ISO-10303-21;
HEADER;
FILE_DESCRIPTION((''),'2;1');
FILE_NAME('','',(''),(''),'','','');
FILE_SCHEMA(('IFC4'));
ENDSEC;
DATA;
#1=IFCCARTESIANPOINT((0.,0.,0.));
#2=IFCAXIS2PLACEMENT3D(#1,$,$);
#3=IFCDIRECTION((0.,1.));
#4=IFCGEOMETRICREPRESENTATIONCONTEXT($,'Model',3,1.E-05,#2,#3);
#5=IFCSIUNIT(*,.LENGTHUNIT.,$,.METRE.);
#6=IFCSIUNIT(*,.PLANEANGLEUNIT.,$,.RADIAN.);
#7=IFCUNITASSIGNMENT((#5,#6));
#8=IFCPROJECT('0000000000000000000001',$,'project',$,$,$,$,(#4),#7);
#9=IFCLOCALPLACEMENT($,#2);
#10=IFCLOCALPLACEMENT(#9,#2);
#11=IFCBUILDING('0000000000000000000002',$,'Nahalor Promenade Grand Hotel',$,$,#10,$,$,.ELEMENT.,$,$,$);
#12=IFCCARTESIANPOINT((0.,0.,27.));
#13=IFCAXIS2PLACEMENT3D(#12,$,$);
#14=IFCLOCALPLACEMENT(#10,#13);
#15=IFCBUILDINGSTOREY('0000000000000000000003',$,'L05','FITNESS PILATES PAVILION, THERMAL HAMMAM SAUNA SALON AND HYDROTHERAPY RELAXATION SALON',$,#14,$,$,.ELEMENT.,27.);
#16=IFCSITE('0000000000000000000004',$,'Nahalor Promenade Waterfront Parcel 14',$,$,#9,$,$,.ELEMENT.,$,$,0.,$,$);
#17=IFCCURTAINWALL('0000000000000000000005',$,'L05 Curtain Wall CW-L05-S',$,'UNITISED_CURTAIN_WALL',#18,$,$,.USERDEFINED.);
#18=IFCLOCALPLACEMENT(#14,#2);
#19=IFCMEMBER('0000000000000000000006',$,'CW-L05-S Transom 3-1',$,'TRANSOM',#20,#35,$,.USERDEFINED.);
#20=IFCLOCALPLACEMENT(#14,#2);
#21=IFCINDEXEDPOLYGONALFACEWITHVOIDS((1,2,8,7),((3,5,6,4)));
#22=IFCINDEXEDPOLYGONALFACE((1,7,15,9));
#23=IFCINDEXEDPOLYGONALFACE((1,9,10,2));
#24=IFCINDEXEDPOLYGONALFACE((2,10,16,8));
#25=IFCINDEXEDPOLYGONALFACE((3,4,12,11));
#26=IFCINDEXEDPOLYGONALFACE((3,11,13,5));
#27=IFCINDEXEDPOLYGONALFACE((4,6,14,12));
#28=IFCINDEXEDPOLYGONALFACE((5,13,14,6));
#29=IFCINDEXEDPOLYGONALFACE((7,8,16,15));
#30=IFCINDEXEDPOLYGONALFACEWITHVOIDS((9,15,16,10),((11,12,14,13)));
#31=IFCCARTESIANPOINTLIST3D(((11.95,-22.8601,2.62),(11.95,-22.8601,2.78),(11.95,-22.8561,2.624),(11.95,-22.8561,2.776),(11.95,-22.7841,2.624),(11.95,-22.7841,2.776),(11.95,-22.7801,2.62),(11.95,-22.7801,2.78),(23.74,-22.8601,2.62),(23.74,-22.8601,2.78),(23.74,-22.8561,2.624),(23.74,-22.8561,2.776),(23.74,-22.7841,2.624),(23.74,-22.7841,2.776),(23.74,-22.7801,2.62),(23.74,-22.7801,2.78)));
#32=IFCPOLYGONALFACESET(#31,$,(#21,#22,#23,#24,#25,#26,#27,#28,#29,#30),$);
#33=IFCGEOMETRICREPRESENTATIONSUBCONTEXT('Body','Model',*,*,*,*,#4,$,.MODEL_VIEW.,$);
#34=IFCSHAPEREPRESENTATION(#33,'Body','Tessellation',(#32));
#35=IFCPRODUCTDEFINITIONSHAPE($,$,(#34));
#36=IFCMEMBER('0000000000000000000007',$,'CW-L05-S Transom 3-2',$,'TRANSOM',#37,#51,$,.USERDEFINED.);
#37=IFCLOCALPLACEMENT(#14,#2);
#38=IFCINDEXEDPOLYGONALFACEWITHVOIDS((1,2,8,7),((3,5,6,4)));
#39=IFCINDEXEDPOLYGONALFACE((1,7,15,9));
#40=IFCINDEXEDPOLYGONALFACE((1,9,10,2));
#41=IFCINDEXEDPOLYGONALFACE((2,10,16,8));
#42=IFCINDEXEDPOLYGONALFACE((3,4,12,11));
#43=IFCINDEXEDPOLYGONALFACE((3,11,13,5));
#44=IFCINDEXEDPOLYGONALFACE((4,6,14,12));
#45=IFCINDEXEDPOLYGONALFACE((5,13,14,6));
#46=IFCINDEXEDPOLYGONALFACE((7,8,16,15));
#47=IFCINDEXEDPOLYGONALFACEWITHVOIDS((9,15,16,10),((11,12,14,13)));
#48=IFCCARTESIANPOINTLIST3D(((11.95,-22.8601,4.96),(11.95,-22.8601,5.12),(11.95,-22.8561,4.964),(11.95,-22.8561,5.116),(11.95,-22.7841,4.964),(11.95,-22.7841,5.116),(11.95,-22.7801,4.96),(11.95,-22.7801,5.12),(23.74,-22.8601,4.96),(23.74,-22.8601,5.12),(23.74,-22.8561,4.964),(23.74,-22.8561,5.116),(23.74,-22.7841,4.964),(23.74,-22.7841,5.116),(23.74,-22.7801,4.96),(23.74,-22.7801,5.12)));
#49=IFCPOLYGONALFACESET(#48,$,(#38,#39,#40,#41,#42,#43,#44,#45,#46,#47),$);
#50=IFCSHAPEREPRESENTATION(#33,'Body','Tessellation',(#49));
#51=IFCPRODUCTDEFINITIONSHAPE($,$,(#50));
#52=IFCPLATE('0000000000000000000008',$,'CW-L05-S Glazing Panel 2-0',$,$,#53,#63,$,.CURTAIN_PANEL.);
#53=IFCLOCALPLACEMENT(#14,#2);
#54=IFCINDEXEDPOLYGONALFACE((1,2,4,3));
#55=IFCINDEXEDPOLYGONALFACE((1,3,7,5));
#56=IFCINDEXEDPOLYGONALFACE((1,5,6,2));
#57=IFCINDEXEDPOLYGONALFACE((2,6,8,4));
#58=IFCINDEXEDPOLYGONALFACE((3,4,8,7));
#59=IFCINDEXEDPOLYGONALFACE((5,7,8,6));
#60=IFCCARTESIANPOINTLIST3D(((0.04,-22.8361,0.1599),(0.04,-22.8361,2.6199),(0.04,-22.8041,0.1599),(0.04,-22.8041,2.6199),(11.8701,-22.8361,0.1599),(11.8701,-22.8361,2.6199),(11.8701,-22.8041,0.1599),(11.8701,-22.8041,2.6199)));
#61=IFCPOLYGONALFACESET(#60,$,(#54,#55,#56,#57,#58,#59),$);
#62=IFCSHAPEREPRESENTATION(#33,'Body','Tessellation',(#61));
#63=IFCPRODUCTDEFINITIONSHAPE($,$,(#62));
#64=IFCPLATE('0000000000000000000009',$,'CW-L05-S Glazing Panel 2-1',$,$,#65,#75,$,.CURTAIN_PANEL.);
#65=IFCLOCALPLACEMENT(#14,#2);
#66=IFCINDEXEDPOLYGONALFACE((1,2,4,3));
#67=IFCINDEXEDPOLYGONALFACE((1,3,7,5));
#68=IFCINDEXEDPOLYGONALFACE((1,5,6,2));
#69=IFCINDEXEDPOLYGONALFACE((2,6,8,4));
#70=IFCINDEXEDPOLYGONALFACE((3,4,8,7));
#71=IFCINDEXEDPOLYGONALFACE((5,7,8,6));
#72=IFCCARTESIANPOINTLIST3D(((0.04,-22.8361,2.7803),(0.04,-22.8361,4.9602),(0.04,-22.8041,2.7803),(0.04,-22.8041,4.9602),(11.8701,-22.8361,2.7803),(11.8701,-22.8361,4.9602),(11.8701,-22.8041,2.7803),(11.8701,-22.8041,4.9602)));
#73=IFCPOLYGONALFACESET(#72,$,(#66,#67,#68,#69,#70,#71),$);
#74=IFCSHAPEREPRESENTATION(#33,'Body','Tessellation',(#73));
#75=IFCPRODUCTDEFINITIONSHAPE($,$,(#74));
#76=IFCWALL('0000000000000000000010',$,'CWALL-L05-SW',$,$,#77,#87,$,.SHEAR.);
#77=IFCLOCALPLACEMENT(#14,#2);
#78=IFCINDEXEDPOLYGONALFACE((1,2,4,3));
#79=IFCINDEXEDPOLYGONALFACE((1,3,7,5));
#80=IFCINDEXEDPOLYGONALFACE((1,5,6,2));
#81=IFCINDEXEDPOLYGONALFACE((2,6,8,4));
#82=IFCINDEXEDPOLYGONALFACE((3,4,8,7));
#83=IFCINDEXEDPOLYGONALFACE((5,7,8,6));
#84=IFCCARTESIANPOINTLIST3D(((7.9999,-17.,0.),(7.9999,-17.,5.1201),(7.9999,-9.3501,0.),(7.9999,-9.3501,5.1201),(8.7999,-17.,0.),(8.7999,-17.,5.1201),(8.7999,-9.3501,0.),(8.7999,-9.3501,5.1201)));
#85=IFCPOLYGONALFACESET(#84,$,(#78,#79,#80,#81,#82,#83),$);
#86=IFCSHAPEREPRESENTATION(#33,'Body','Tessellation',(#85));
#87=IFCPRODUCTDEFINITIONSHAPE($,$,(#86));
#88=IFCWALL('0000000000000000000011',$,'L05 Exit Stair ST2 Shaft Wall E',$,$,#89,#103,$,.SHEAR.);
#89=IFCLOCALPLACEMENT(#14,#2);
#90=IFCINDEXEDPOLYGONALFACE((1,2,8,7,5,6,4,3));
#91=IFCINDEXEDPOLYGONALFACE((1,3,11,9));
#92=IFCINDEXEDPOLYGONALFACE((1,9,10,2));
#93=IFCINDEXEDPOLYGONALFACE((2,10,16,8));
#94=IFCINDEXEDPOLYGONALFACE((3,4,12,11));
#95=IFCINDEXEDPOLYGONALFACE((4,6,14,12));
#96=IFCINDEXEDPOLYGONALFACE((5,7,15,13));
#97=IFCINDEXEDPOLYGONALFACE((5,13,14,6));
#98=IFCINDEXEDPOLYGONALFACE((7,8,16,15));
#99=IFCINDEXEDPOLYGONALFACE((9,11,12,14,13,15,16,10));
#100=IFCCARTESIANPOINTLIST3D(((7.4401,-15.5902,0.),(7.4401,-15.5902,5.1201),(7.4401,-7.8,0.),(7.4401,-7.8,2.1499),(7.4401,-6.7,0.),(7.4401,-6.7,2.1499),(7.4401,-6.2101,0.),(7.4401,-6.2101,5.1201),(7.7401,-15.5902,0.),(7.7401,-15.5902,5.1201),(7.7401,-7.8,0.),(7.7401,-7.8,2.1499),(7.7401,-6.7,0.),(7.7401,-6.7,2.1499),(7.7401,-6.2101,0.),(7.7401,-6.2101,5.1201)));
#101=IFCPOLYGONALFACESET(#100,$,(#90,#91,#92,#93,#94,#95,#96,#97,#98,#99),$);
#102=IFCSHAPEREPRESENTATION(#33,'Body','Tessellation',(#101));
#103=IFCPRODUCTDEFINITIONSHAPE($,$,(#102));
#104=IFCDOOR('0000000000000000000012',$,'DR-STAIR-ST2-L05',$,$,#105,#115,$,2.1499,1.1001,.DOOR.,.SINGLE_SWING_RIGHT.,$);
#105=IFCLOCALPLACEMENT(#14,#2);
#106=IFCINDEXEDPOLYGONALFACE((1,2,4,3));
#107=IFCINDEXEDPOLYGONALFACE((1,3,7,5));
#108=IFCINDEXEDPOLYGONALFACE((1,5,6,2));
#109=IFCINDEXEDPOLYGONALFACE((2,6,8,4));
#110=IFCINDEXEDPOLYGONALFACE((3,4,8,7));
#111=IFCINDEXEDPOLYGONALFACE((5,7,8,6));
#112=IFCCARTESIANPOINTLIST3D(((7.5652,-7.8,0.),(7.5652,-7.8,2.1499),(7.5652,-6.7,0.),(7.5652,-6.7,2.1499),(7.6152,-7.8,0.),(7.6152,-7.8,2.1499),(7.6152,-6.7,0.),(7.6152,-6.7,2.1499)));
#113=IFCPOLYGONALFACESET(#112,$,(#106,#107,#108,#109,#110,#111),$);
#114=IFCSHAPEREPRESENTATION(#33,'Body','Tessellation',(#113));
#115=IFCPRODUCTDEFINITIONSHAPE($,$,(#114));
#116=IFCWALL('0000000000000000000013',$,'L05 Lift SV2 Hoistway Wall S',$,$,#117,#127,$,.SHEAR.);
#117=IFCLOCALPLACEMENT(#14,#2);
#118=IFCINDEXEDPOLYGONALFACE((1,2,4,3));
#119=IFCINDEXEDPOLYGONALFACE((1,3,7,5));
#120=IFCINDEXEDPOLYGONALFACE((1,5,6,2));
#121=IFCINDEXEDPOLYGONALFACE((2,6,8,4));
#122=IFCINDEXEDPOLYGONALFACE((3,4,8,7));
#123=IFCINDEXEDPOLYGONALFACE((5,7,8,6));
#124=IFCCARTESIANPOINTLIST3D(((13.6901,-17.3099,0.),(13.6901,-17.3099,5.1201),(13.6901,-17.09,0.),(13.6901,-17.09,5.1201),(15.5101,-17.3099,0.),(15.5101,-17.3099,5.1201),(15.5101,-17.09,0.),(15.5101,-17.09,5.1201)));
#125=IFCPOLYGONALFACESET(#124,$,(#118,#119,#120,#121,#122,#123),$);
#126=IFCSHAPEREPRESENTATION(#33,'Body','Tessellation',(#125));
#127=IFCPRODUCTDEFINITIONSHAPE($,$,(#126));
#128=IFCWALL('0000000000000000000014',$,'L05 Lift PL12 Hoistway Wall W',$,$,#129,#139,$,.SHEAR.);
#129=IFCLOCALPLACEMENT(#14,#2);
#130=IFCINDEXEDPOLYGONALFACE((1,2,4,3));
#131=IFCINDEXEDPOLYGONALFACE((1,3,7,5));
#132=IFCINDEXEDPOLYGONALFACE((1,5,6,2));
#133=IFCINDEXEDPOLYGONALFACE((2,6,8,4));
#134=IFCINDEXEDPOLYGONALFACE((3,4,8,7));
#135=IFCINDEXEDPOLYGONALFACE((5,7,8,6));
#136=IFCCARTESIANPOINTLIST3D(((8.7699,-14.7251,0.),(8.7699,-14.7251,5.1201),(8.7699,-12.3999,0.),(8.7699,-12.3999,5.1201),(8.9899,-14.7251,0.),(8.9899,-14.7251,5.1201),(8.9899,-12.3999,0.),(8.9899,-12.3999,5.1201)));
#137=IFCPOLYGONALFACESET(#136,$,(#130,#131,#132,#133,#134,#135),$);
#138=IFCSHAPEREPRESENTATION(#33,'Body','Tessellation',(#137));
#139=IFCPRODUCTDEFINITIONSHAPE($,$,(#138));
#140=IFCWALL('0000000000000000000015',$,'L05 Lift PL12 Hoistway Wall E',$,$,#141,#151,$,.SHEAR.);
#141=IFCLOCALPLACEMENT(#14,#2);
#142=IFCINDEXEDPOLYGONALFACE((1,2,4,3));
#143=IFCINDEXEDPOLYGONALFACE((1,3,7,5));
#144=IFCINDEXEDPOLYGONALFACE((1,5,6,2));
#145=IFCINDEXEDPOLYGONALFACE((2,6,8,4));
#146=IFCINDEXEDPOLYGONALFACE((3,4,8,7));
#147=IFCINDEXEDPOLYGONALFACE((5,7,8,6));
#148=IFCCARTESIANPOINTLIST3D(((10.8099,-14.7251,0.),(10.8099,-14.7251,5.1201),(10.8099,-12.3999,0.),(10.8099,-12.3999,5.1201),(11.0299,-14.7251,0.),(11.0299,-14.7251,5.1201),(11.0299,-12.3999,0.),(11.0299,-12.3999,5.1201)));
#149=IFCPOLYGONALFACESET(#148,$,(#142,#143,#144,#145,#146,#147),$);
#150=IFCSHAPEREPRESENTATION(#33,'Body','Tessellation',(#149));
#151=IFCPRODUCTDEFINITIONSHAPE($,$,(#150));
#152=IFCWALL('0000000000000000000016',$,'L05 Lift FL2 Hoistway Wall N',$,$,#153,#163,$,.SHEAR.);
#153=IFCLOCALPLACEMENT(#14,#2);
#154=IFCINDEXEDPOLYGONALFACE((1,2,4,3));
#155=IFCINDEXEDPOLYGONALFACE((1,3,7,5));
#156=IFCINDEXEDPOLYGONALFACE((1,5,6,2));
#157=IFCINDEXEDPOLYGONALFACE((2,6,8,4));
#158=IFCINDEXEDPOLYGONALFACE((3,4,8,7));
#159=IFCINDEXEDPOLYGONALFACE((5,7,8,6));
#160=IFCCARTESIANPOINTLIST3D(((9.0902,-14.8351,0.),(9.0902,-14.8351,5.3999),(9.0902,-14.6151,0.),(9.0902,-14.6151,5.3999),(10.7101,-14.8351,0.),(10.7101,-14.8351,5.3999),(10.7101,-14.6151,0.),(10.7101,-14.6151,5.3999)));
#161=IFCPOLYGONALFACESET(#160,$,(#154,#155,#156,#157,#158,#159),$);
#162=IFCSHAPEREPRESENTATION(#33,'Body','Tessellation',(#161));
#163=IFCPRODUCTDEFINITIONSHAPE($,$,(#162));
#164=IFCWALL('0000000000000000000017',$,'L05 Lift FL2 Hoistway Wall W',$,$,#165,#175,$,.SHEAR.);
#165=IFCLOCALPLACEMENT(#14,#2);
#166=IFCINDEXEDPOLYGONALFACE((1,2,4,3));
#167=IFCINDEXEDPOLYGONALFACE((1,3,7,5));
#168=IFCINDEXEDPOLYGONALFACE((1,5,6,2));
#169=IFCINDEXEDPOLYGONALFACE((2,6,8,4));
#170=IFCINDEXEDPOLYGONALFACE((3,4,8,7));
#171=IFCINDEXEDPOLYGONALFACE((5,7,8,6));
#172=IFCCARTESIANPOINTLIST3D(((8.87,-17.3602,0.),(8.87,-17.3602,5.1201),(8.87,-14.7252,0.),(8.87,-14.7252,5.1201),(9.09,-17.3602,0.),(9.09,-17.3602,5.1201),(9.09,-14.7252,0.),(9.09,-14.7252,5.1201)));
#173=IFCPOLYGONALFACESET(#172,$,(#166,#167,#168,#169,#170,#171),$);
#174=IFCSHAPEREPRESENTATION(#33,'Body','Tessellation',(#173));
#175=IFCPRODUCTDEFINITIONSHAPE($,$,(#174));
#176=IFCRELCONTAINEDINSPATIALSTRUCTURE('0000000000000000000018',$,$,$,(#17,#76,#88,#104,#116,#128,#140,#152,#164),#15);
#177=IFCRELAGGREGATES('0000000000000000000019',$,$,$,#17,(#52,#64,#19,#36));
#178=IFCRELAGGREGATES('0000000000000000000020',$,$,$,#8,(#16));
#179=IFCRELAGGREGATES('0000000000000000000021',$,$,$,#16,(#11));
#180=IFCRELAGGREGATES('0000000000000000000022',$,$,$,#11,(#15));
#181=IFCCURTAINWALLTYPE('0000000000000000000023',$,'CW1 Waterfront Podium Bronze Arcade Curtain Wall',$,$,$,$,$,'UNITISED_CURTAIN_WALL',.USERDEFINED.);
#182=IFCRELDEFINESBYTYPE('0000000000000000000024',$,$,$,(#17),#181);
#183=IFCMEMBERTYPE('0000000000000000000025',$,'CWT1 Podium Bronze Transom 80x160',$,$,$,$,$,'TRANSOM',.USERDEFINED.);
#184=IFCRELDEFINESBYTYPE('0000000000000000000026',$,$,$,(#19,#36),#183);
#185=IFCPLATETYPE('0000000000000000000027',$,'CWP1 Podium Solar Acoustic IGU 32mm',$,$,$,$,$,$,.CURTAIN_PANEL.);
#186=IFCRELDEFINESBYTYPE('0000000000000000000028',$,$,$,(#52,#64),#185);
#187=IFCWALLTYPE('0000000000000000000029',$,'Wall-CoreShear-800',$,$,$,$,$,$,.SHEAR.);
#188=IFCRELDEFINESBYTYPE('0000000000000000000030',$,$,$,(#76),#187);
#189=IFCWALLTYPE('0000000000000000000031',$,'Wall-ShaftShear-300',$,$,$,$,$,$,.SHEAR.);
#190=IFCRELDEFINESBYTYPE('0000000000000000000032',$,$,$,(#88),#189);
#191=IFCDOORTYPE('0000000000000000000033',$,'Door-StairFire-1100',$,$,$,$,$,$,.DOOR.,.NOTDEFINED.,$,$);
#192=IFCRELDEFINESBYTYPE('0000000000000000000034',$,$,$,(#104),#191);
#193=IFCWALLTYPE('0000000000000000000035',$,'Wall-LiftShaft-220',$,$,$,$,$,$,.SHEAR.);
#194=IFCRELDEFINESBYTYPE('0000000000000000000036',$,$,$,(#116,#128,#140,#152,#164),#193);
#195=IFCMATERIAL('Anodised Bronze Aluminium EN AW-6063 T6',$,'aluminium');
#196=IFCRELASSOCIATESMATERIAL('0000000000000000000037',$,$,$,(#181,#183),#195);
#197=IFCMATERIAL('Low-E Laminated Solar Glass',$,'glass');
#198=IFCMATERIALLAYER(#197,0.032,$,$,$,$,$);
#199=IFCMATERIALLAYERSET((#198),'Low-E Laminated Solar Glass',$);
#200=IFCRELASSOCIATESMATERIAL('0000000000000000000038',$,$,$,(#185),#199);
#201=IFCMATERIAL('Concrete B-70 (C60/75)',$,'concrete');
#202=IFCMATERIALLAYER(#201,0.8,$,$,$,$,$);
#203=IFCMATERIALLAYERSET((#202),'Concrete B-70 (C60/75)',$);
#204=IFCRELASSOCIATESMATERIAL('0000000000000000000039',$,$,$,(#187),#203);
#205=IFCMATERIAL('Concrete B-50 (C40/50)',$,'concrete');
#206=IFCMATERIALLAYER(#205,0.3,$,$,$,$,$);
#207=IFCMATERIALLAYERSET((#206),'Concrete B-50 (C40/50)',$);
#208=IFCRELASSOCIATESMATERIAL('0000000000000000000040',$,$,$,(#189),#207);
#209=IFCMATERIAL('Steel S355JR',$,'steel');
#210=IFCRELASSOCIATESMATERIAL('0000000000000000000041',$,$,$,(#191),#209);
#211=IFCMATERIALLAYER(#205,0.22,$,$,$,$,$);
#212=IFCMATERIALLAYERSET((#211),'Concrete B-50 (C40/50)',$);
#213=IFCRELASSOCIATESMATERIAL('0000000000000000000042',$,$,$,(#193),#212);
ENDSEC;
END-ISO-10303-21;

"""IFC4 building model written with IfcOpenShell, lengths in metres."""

from ifc_helpers import new_model, si_unit, direction, frame, frame_2d, origin, origin_2d, place, context, subcontext, project, spatial, rectangle, hollow_rectangle, extrude, source, transform, mapped, material, layer, layer_set, material_profile, profile_set, type_object, element, fill, aggregate, save


model = new_model("IFC4")

# Units and contexts
model_context = context("Model", 3, precision=1e-05, world=origin(), true_north=direction((0.0, 1.0)))
body_context = subcontext(model_context, "Body", "Model", "MODEL_VIEW")
ifc_project = project(units=[si_unit("LENGTHUNIT", "METRE"), si_unit("PLANEANGLEUNIT", "RADIAN")], contexts=[model_context])

# Site, building, storey
site_placement = place(None, origin())
site = spatial("IfcSite", under=ifc_project, at=site_placement, Name="Nahalor Promenade Waterfront Parcel 14", CompositionType="ELEMENT", RefElevation=0.0)
building_placement = place(site_placement, origin())
building = spatial("IfcBuilding", under=site, at=building_placement, Name="Nahalor Promenade Grand Hotel", CompositionType="ELEMENT")
storey_placement = place(building_placement, frame((0.0, 0.0, 27.0)))
storey = spatial("IfcBuildingStorey", under=building, at=storey_placement, Name="L05", Description="FITNESS PILATES PAVILION, THERMAL HAMMAM SAUNA SALON AND HYDROTHERAPY RELAXATION SALON", CompositionType="ELEMENT", Elevation=27.0)

# Shared definitions
ifc_material_1 = material(Name="Concrete B-70 (C60/75)", Category="concrete")

# Shared definitions
ifc_material_2 = material(Name="Steel S355JR", Category="steel")

# Curtain wall, members, plates
ifc_material_3 = material(Name="Anodised Bronze Aluminium EN AW-6063 T6", Category="aluminium")
curtain_wall_type = type_object("IfcCurtainWallType", Name="CW1 Waterfront Podium Bronze Arcade Curtain Wall", ElementType="UNITISED_CURTAIN_WALL", PredefinedType="USERDEFINED", material=ifc_material_3)
curtain_wall_placement = place(storey_placement, origin())
curtain_wall = element("IfcCurtainWall", 1, at=curtain_wall_placement, inside=storey, type_object=curtain_wall_type, Name="L05 Curtain Wall CW-L05-S", ObjectType="UNITISED_CURTAIN_WALL", PredefinedType="USERDEFINED")
ifc_material_profile_1 = material_profile(ifc_material_3, hollow_rectangle(XDim=0.08, YDim=0.16, WallThickness=0.004, at=origin_2d()), Name="CWT 80x160x4")
ifc_profile_set_1 = profile_set([ifc_material_profile_1], Name="Anodised Bronze Aluminium EN AW-6063 T6")
member_type_1 = type_object("IfcMemberType", Name="CWT1 Podium Bronze Transom 80x160", ElementType="TRANSOM", PredefinedType="USERDEFINED", material=ifc_profile_set_1)
shared_shape_1 = source(origin(), body_context, "Body", "SweptSolid", [
    extrude(hollow_rectangle(XDim=0.08, YDim=0.16, WallThickness=0.004, at=origin_2d()), origin(), (0.0, 0.0, 1.0), 11.79),
])
member_1_placement = place(storey_placement, frame((11.95, -22.8201, 2.7), z_axis=(1.0, 0.0, 0.0), x_axis=(0.0, 1.0, 0.0)))
member_1 = element("IfcMember", 2, at=member_1_placement, type_object=member_type_1, Name="CW-L05-S Transom 3-1", ObjectType="TRANSOM", PredefinedType="USERDEFINED", context=body_context, shape_type="MappedRepresentation", body=[
    mapped(shared_shape_1, transform((0.0, 0.0, 0.0), scale=1.0)),
])
member_2_placement = place(storey_placement, frame((11.95, -22.8201, 5.04), z_axis=(1.0, 0.0, 0.0), x_axis=(0.0, 1.0, 0.0)))
member_2 = element("IfcMember", 3, at=member_2_placement, type_object=member_type_1, Name="CW-L05-S Transom 3-2", ObjectType="TRANSOM", PredefinedType="USERDEFINED", context=body_context, shape_type="MappedRepresentation", body=[
    mapped(shared_shape_1, transform((0.0, 0.0, 0.0), scale=1.0)),
])
ifc_material_4 = material(Name="Low-E Laminated Solar Glass", Category="glass")
ifc_layer_1 = layer(ifc_material_4, 0.032)
ifc_layer_set_1 = layer_set([ifc_layer_1], Name="Low-E Laminated Solar Glass")
plate_type = type_object("IfcPlateType", Name="CWP1 Podium Solar Acoustic IGU 32mm", PredefinedType="CURTAIN_PANEL", material=ifc_layer_set_1)
shared_shape_2 = source(origin(), body_context, "Body", "SweptSolid", [
    extrude(rectangle(XDim=11.8301, YDim=0.032, at=origin_2d()), origin(), (0.0, 0.0, 1.0), 2.46),
])
plate_1_placement = place(storey_placement, frame((5.9551, -22.8201, 0.1599), z_axis=(0.0, 0.0, 1.0), x_axis=(1.0, 0.0, 0.0)))
plate_1 = element("IfcPlate", 4, at=plate_1_placement, type_object=plate_type, Name="CW-L05-S Glazing Panel 2-0", PredefinedType="CURTAIN_PANEL", context=body_context, shape_type="MappedRepresentation", body=[
    mapped(shared_shape_2, transform((0.0, 0.0, 0.0), scale=1.0)),
])
shared_shape_3 = source(origin(), body_context, "Body", "SweptSolid", [
    extrude(rectangle(XDim=11.8301, YDim=0.032, at=origin_2d()), origin(), (0.0, 0.0, 1.0), 2.1799),
])
plate_2_placement = place(storey_placement, frame((5.9551, -22.8201, 2.7803), z_axis=(0.0, 0.0, 1.0), x_axis=(1.0, 0.0, 0.0)))
plate_2 = element("IfcPlate", 5, at=plate_2_placement, type_object=plate_type, Name="CW-L05-S Glazing Panel 2-1", PredefinedType="CURTAIN_PANEL", context=body_context, shape_type="MappedRepresentation", body=[
    mapped(shared_shape_3, transform((0.0, 0.0, 0.0), scale=1.0)),
])
aggregate(curtain_wall, [plate_1, plate_2, member_1, member_2])

# Wall
ifc_layer_2 = layer(ifc_material_1, 0.8)
ifc_layer_set_2 = layer_set([ifc_layer_2], Name="Concrete B-70 (C60/75)")
wall_type_1 = type_object("IfcWallType", Name="Wall-CoreShear-800", PredefinedType="SHEAR", material=ifc_layer_set_2)
shared_shape_4 = source(origin(), body_context, "Body", "SweptSolid", [
    extrude(rectangle(XDim=7.6499, YDim=0.8, at=frame_2d((3.825, 0.0))), origin(), (0.0, 0.0, 1.0), 5.1201),
])
wall_1_placement = place(storey_placement, frame((8.3999, -17.0, 0.0), z_axis=(0.0, 0.0, 1.0), x_axis=(0.0, 1.0, 0.0)))
element("IfcWall", 6, at=wall_1_placement, inside=storey, type_object=wall_type_1, Name="CWALL-L05-SW", PredefinedType="SHEAR", context=body_context, shape_type="MappedRepresentation", body=[
    mapped(shared_shape_4, transform((0.0, 0.0, 0.0), scale=1.0)),
])

# Wall, opening, door
ifc_material_5 = material(Name="Concrete B-50 (C40/50)", Category="concrete")
ifc_layer_3 = layer(ifc_material_5, 0.3)
ifc_layer_set_3 = layer_set([ifc_layer_3], Name="Concrete B-50 (C40/50)")
wall_type_2 = type_object("IfcWallType", Name="Wall-ShaftShear-300", PredefinedType="SHEAR", material=ifc_layer_set_3)
shared_shape_5 = source(origin(), body_context, "Body", "SweptSolid", [
    extrude(rectangle(XDim=9.3801, YDim=0.3, at=frame_2d((4.6899, 0.0))), origin(), (0.0, 0.0, 1.0), 5.1201),
])
wall_2_placement = place(storey_placement, frame((7.5901, -15.5901, 0.0), z_axis=(0.0, 0.0, 1.0), x_axis=(0.0, 1.0, 0.0)))
wall_2 = element("IfcWall", 7, at=wall_2_placement, inside=storey, type_object=wall_type_2, Name="L05 Exit Stair ST2 Shaft Wall E", PredefinedType="SHEAR", context=body_context, shape_type="MappedRepresentation", body=[
    mapped(shared_shape_5, transform((0.0, 0.0, 0.0), scale=1.0)),
])
opening_1_placement = place(wall_2_placement, frame((7.79, 0.0, 0.0)))
opening_1 = element("IfcOpeningElement", 8, at=opening_1_placement, cuts=wall_2, PredefinedType="OPENING", context=body_context, shape_type="SweptSolid", body=[
    extrude(rectangle(XDim=1.1001, YDim=2.1499, at=frame_2d((0.55, 1.075))), frame((0.0, 0.1599, 0.0), z_axis=(0.0, -1.0, 0.0), x_axis=(1.0, 0.0, 0.0)), (0.0, 0.0, 1.0), 0.3201),
])
door_type_1 = type_object("IfcDoorType", Name="Door-StairFire-1100", OperationType="NOTDEFINED", PredefinedType="DOOR", material=ifc_material_2)
shared_shape_6 = source(origin(), body_context, "Body", "SweptSolid", [
    extrude(rectangle(XDim=1.1001, YDim=2.1499, at=frame_2d((0.55, 1.075))), frame((0.0, 0.0249, 0.0), z_axis=(0.0, -1.0, 0.0), x_axis=(1.0, 0.0, 0.0)), (0.0, 0.0, 1.0), 0.05),
])
door_1_placement = place(opening_1_placement, origin())
door_1 = element("IfcDoor", 9, at=door_1_placement, inside=storey, type_object=door_type_1, Name="DR-STAIR-ST2-L05", OperationType="SINGLE_SWING_RIGHT", OverallHeight=2.1499, OverallWidth=1.1001, PredefinedType="DOOR", context=body_context, shape_type="MappedRepresentation", body=[
    mapped(shared_shape_6, transform((0.0, 0.0, 0.0), scale=1.0)),
])
fill(opening_1, door_1)

# Walls
ifc_layer_4 = layer(ifc_material_5, 0.22)
ifc_layer_set_4 = layer_set([ifc_layer_4], Name="Concrete B-50 (C40/50)")
wall_type_3 = type_object("IfcWallType", Name="Wall-LiftShaft-220", PredefinedType="SHEAR", material=ifc_layer_set_4)
shared_shape_7 = source(origin(), body_context, "Body", "SweptSolid", [
    extrude(rectangle(XDim=1.8201, YDim=0.22, at=frame_2d((0.9102, 0.0))), origin(), (0.0, 0.0, 1.0), 5.1201),
])
wall_3_placement = place(storey_placement, frame((13.6899, -17.2, 0.0), z_axis=(0.0, 0.0, 1.0), x_axis=(1.0, 0.0, 0.0)))
element("IfcWall", 10, at=wall_3_placement, inside=storey, type_object=wall_type_3, Name="L05 Lift SV2 Hoistway Wall S", PredefinedType="SHEAR", context=body_context, shape_type="MappedRepresentation", body=[
    mapped(shared_shape_7, transform((0.0, 0.0, 0.0), scale=1.0)),
])
shared_shape_8 = source(origin(), body_context, "Body", "SweptSolid", [
    extrude(rectangle(XDim=2.3252, YDim=0.22, at=frame_2d((1.1626, 0.0))), origin(), (0.0, 0.0, 1.0), 5.1201),
])
for number, where, z_axis, x_axis, name in (
    (11, (8.8799, -14.7251, 0.0), (0.0, 0.0, 1.0), (0.0, 1.0, 0.0), "L05 Lift PL12 Hoistway Wall W"),
    (12, (10.9199, -14.7251, 0.0), (0.0, 0.0, 1.0), (0.0, 1.0, 0.0), "L05 Lift PL12 Hoistway Wall E"),
):
    element("IfcWall", number, at=place(storey_placement, frame(where, z_axis=z_axis, x_axis=x_axis)), inside=storey, type_object=wall_type_3, Name=name, PredefinedType="SHEAR", context=body_context, shape_type="MappedRepresentation", body=[
        mapped(shared_shape_8, transform((0.0, 0.0, 0.0), scale=1.0)),
    ])
shared_shape_9 = source(origin(), body_context, "Body", "SweptSolid", [
    extrude(rectangle(XDim=1.6199, YDim=0.22, at=frame_2d((0.8101, 0.0))), origin(), (0.0, 0.0, 1.0), 5.3999),
])
wall_4_placement = place(storey_placement, frame((9.0901, -14.7251, 0.0), z_axis=(0.0, 0.0, 1.0), x_axis=(1.0, 0.0, 0.0)))
element("IfcWall", 13, at=wall_4_placement, inside=storey, type_object=wall_type_3, Name="L05 Lift FL2 Hoistway Wall N", PredefinedType="SHEAR", context=body_context, shape_type="MappedRepresentation", body=[
    mapped(shared_shape_9, transform((0.0, 0.0, 0.0), scale=1.0)),
])
shared_shape_10 = source(origin(), body_context, "Body", "SweptSolid", [
    extrude(rectangle(XDim=2.635, YDim=0.22, at=frame_2d((1.3174, 0.0))), origin(), (0.0, 0.0, 1.0), 5.1201),
])
wall_5_placement = place(storey_placement, frame((8.98, -17.3601, 0.0), z_axis=(0.0, 0.0, 1.0), x_axis=(0.0, 1.0, 0.0)))
element("IfcWall", 14, at=wall_5_placement, inside=storey, type_object=wall_type_3, Name="L05 Lift FL2 Hoistway Wall W", PredefinedType="SHEAR", context=body_context, shape_type="MappedRepresentation", body=[
    mapped(shared_shape_10, transform((0.0, 0.0, 0.0), scale=1.0)),
])

save(model, "model.ifc")
